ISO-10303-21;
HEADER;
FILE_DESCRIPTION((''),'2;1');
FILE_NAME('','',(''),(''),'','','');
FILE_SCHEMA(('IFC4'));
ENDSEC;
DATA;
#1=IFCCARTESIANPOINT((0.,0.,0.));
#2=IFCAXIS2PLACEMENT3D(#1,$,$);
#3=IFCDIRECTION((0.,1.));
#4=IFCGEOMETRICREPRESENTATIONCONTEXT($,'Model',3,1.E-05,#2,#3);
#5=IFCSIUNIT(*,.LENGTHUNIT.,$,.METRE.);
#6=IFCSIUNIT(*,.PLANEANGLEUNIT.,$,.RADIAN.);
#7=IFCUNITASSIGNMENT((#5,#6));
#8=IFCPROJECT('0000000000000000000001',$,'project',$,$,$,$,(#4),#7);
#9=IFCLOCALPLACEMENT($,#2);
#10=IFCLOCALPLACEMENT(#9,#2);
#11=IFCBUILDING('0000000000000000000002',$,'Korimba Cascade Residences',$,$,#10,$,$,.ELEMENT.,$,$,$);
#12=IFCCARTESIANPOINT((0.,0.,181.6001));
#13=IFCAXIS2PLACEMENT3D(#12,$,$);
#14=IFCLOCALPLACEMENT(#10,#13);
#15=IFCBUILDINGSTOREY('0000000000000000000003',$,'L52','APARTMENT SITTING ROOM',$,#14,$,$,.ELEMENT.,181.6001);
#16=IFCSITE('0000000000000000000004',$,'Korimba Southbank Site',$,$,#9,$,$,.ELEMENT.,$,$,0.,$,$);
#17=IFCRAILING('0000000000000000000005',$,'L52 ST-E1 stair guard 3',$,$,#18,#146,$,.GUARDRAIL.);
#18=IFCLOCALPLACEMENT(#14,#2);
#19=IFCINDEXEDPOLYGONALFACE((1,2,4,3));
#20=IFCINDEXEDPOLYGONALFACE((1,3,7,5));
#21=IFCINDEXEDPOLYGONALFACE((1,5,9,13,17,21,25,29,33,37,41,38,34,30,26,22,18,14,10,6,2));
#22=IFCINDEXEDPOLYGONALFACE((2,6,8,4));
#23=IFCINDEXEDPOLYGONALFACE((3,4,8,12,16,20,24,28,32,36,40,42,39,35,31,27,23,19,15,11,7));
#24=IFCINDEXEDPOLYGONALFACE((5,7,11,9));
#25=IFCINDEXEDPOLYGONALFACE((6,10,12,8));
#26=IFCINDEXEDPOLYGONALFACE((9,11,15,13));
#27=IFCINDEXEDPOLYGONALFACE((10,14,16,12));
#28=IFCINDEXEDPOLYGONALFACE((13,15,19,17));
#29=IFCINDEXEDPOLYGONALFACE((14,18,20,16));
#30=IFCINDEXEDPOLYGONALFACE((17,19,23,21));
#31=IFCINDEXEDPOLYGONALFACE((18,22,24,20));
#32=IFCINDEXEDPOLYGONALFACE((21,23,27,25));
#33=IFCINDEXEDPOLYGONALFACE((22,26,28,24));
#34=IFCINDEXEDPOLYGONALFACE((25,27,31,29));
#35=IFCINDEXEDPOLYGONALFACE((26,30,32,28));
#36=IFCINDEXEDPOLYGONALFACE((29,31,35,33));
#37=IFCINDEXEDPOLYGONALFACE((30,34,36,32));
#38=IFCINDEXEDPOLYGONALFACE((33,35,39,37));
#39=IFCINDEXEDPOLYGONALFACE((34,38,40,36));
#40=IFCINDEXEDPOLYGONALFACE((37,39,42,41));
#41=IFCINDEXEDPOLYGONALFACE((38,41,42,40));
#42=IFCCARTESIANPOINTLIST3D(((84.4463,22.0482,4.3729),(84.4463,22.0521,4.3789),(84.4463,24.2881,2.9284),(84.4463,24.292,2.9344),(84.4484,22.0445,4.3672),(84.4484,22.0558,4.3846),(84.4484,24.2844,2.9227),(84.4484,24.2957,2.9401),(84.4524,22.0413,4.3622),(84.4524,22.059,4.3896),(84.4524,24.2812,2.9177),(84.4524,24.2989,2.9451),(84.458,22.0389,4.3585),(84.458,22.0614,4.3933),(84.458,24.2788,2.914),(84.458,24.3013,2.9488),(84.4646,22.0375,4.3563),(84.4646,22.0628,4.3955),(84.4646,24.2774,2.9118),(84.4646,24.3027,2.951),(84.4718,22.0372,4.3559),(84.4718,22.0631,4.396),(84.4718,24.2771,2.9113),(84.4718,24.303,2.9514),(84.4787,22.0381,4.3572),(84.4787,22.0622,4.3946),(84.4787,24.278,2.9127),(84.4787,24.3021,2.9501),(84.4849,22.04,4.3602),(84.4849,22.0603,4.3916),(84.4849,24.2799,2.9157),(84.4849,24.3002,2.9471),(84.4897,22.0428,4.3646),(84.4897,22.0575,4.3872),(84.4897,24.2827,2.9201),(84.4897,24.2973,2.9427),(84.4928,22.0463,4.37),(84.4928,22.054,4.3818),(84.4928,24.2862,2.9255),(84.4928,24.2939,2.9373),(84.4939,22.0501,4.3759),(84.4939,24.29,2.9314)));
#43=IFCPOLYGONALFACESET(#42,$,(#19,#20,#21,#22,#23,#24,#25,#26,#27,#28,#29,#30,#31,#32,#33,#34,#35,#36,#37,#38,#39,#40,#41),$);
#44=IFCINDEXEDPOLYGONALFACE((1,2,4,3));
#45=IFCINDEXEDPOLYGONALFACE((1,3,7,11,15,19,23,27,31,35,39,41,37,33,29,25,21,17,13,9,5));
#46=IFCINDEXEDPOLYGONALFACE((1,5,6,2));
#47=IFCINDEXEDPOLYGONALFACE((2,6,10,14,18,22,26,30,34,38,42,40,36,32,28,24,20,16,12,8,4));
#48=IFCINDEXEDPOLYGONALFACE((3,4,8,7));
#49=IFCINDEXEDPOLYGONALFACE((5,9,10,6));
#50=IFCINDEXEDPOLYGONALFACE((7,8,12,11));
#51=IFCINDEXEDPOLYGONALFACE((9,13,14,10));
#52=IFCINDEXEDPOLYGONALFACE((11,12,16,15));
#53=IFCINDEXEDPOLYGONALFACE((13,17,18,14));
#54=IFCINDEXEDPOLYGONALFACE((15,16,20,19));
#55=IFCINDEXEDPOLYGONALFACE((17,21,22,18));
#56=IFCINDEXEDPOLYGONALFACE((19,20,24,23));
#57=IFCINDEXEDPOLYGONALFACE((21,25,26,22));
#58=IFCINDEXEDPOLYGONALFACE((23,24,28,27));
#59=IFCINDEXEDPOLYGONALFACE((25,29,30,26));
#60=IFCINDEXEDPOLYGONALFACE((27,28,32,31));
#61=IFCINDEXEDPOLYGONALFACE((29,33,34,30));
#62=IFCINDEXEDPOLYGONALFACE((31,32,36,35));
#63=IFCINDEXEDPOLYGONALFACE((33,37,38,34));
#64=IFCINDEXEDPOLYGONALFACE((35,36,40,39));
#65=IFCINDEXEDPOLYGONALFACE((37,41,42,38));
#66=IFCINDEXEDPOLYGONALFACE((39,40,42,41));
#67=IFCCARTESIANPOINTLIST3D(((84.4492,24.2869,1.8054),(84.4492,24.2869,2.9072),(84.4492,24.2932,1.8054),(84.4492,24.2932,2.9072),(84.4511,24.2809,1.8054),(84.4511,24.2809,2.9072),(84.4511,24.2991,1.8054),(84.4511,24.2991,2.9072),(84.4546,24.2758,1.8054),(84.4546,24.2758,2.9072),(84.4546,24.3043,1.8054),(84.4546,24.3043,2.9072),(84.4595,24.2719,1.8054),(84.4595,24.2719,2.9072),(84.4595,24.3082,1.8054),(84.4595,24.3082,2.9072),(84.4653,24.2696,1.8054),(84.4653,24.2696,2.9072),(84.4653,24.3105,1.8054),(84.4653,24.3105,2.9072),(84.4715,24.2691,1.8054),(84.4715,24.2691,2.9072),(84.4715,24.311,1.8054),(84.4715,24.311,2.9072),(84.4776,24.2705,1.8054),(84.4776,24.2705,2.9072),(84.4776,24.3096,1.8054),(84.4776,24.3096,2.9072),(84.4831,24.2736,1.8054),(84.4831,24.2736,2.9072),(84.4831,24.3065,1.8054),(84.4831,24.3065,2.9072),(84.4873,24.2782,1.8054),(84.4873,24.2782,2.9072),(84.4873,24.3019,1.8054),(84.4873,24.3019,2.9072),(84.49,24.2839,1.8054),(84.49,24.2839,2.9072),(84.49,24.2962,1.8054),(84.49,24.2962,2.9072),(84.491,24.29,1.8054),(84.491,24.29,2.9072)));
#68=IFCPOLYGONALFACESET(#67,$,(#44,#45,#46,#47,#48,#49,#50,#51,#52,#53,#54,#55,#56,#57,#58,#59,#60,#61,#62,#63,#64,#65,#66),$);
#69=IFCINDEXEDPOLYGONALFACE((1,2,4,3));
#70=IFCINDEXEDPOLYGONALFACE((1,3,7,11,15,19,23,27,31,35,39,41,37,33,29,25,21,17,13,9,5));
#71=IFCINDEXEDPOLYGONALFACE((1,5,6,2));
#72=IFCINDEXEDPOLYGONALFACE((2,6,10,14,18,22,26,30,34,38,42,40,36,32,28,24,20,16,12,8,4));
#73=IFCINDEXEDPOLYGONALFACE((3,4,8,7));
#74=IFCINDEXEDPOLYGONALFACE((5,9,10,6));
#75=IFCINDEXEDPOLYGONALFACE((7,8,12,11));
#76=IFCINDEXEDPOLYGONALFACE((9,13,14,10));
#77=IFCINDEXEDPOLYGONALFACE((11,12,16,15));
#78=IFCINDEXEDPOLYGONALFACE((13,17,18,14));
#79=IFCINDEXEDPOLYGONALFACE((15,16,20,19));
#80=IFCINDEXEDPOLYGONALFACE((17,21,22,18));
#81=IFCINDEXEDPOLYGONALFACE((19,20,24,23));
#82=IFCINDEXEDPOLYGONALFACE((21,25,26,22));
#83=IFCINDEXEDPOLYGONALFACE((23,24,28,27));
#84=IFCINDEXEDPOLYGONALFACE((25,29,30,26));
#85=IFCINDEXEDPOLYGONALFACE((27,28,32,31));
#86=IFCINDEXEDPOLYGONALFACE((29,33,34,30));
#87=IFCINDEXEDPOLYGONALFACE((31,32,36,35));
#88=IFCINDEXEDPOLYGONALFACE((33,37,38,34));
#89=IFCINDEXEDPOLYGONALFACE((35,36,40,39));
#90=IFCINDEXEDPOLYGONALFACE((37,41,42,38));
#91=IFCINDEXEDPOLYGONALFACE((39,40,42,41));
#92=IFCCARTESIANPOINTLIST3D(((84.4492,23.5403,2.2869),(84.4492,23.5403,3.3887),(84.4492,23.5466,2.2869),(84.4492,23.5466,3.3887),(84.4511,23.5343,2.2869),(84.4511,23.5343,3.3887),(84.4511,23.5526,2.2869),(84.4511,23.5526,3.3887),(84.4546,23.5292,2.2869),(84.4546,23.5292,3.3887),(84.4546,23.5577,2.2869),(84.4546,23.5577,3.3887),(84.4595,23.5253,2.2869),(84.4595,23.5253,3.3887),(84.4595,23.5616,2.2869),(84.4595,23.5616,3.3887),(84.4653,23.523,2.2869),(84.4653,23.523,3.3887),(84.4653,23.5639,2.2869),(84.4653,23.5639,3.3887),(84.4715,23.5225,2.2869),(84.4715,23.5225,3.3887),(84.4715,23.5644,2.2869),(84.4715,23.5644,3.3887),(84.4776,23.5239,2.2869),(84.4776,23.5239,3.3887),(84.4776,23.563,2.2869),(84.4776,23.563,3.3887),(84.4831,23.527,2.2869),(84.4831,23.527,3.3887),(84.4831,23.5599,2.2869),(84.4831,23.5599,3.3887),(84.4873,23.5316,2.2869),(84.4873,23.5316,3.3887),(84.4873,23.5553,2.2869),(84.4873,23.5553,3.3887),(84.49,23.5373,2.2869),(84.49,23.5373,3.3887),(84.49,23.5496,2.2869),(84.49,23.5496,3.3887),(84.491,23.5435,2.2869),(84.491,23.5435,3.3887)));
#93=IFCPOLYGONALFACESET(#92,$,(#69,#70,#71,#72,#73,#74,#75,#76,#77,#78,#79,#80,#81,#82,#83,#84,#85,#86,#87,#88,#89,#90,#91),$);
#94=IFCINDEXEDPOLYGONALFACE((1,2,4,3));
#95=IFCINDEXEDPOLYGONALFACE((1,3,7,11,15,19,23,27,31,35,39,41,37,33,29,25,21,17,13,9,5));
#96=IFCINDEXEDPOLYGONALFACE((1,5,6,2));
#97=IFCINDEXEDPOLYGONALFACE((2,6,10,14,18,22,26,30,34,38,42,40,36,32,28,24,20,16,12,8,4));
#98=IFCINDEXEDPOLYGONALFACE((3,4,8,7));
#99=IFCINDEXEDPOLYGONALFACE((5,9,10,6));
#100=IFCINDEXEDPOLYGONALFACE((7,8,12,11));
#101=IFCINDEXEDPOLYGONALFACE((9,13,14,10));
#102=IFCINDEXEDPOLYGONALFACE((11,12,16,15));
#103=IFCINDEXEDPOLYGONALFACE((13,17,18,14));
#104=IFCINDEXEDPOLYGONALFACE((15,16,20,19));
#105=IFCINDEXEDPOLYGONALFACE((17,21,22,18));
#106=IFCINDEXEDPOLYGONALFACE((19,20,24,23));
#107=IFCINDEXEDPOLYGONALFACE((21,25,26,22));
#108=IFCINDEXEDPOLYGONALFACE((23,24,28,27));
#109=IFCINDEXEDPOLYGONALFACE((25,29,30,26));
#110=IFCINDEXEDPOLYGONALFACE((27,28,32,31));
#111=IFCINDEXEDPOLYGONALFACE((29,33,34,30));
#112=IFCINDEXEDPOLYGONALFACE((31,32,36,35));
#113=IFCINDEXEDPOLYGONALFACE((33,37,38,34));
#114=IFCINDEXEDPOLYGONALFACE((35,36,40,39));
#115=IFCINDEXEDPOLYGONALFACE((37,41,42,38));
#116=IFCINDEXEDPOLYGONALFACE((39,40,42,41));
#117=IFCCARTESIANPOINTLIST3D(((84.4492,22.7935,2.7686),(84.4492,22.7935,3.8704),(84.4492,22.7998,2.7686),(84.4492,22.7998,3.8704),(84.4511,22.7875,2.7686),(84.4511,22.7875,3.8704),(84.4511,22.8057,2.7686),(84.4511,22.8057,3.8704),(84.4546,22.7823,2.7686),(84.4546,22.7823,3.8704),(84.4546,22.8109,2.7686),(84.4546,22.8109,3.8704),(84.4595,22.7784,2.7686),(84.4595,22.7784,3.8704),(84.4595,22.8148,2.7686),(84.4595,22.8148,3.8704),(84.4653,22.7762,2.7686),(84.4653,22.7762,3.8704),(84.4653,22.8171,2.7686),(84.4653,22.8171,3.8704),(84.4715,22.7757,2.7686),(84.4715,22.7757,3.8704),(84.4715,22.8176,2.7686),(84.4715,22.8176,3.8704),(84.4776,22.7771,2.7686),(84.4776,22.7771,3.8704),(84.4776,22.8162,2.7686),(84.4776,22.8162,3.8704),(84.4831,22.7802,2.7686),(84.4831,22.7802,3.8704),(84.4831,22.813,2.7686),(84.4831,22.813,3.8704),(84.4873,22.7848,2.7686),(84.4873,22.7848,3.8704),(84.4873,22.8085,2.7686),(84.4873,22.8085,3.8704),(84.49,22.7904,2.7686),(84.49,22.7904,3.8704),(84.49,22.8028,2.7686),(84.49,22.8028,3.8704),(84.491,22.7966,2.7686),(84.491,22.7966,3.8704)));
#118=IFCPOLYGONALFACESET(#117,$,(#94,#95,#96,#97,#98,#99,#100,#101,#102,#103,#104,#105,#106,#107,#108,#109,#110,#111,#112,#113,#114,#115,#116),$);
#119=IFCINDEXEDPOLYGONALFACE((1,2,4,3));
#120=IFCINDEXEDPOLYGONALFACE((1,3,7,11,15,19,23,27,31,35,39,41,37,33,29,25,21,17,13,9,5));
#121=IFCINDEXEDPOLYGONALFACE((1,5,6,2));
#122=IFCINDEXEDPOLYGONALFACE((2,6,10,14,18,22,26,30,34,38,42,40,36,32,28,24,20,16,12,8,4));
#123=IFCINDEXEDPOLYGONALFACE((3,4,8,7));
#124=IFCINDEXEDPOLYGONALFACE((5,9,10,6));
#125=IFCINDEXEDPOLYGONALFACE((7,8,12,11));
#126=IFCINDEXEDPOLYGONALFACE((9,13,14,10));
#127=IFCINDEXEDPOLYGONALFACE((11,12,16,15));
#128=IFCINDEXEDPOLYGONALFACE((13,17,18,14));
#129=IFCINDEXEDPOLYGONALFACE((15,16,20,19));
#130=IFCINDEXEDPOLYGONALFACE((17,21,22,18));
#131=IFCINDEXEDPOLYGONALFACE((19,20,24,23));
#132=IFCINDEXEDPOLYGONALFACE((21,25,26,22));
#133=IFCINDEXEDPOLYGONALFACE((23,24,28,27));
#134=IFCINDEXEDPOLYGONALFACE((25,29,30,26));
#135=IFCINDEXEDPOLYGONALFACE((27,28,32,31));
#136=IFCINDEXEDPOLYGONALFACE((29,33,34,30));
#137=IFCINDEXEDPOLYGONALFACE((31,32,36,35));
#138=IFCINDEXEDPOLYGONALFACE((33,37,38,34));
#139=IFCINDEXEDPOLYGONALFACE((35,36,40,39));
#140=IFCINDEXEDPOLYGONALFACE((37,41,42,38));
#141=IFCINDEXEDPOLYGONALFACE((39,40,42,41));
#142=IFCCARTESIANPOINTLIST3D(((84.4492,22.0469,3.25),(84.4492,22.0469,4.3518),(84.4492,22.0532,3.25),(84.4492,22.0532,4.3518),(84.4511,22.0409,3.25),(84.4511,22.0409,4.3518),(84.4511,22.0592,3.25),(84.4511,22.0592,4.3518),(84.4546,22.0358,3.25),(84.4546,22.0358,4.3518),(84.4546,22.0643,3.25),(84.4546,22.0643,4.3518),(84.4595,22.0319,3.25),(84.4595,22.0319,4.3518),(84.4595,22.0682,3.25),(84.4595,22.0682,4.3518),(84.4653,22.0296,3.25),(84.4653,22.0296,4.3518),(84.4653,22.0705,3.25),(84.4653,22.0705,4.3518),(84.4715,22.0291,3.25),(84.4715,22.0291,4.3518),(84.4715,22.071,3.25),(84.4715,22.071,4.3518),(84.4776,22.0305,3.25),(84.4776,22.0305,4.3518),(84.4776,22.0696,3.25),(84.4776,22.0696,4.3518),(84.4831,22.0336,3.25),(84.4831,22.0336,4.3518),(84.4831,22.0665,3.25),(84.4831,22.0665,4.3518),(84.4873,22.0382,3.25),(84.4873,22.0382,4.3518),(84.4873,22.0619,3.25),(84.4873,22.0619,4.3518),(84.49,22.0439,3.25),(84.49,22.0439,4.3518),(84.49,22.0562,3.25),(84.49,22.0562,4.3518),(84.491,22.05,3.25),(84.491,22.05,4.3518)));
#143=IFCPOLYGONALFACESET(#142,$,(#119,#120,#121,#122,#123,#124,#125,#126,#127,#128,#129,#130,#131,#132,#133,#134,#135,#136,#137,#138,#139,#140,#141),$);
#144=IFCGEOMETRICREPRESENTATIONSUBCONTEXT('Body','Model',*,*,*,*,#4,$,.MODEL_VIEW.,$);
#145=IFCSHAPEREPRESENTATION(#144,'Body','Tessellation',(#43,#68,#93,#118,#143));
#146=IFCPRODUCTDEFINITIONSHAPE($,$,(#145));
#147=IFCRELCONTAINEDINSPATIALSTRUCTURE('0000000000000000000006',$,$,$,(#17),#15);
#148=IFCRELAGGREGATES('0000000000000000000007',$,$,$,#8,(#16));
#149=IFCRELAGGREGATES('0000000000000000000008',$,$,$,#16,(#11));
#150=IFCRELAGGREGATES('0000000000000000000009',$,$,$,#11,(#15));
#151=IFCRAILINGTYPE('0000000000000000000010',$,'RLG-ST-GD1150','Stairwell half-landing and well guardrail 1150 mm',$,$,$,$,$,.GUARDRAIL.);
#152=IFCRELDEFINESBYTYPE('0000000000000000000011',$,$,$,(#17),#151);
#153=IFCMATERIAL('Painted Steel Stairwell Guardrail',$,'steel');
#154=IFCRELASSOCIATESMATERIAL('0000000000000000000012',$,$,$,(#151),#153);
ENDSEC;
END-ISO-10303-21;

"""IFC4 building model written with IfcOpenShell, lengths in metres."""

from ifc_helpers import new_model, si_unit, direction, frame, origin, origin_2d, place, context, subcontext, project, spatial, circle, extrude, material, type_object, element, save


model = new_model("IFC4")

# Units and contexts
model_context = context("Model", 3, precision=1e-05, world=origin(), true_north=direction((0.0, 1.0)))
body_context = subcontext(model_context, "Body", "Model", "MODEL_VIEW")
ifc_project = project(units=[si_unit("LENGTHUNIT", "METRE"), si_unit("PLANEANGLEUNIT", "RADIAN")], contexts=[model_context])

# Site, building, storey
site_placement = place(None, origin())
site = spatial("IfcSite", under=ifc_project, at=site_placement, Name="Korimba Southbank Site", CompositionType="ELEMENT", RefElevation=0.0)
building_placement = place(site_placement, origin())
building = spatial("IfcBuilding", under=site, at=building_placement, Name="Korimba Cascade Residences", CompositionType="ELEMENT")
storey_placement = place(building_placement, frame((0.0, 0.0, 181.6001)))
storey = spatial("IfcBuildingStorey", under=building, at=storey_placement, Name="L52", Description="APARTMENT SITTING ROOM", CompositionType="ELEMENT", Elevation=181.6001)

# Railing
ifc_material_1 = material(Name="Painted Steel Stairwell Guardrail", Category="steel")
railing_type_1 = type_object("IfcRailingType", Name="RLG-ST-GD1150", Description="Stairwell half-landing and well guardrail 1150 mm", PredefinedType="GUARDRAIL", material=ifc_material_1)
railing_1_placement = place(storey_placement, frame((84.47, 24.29, 1.8054)))
element("IfcRailing", 1, at=railing_1_placement, inside=storey, type_object=railing_type_1, Name="L52 ST-E1 stair guard 3", PredefinedType="GUARDRAIL", context=body_context, shape_type="SweptSolid", body=[
    extrude(circle(Radius=0.0239, at=origin_2d()), frame((0.0, 0.0, 1.126), z_axis=(0.0, -0.840395, 0.541975), x_axis=(1.0, 0.0, 0.0)), (0.0, 0.0, 1.0), 2.6653),
    extrude(circle(Radius=0.021, at=origin_2d()), origin(), (0.0, 0.0, 1.0), 1.1018),
    extrude(circle(Radius=0.021, at=origin_2d()), frame((0.0, -0.7466, 0.4814)), (0.0, 0.0, 1.0), 1.1018),
    extrude(circle(Radius=0.021, at=origin_2d()), frame((0.0, -1.4934, 0.9631)), (0.0, 0.0, 1.0), 1.1018),
    extrude(circle(Radius=0.021, at=origin_2d()), frame((0.0, -2.24, 1.4446)), (0.0, 0.0, 1.0), 1.1018),
])

save(model, "model.ifc")
